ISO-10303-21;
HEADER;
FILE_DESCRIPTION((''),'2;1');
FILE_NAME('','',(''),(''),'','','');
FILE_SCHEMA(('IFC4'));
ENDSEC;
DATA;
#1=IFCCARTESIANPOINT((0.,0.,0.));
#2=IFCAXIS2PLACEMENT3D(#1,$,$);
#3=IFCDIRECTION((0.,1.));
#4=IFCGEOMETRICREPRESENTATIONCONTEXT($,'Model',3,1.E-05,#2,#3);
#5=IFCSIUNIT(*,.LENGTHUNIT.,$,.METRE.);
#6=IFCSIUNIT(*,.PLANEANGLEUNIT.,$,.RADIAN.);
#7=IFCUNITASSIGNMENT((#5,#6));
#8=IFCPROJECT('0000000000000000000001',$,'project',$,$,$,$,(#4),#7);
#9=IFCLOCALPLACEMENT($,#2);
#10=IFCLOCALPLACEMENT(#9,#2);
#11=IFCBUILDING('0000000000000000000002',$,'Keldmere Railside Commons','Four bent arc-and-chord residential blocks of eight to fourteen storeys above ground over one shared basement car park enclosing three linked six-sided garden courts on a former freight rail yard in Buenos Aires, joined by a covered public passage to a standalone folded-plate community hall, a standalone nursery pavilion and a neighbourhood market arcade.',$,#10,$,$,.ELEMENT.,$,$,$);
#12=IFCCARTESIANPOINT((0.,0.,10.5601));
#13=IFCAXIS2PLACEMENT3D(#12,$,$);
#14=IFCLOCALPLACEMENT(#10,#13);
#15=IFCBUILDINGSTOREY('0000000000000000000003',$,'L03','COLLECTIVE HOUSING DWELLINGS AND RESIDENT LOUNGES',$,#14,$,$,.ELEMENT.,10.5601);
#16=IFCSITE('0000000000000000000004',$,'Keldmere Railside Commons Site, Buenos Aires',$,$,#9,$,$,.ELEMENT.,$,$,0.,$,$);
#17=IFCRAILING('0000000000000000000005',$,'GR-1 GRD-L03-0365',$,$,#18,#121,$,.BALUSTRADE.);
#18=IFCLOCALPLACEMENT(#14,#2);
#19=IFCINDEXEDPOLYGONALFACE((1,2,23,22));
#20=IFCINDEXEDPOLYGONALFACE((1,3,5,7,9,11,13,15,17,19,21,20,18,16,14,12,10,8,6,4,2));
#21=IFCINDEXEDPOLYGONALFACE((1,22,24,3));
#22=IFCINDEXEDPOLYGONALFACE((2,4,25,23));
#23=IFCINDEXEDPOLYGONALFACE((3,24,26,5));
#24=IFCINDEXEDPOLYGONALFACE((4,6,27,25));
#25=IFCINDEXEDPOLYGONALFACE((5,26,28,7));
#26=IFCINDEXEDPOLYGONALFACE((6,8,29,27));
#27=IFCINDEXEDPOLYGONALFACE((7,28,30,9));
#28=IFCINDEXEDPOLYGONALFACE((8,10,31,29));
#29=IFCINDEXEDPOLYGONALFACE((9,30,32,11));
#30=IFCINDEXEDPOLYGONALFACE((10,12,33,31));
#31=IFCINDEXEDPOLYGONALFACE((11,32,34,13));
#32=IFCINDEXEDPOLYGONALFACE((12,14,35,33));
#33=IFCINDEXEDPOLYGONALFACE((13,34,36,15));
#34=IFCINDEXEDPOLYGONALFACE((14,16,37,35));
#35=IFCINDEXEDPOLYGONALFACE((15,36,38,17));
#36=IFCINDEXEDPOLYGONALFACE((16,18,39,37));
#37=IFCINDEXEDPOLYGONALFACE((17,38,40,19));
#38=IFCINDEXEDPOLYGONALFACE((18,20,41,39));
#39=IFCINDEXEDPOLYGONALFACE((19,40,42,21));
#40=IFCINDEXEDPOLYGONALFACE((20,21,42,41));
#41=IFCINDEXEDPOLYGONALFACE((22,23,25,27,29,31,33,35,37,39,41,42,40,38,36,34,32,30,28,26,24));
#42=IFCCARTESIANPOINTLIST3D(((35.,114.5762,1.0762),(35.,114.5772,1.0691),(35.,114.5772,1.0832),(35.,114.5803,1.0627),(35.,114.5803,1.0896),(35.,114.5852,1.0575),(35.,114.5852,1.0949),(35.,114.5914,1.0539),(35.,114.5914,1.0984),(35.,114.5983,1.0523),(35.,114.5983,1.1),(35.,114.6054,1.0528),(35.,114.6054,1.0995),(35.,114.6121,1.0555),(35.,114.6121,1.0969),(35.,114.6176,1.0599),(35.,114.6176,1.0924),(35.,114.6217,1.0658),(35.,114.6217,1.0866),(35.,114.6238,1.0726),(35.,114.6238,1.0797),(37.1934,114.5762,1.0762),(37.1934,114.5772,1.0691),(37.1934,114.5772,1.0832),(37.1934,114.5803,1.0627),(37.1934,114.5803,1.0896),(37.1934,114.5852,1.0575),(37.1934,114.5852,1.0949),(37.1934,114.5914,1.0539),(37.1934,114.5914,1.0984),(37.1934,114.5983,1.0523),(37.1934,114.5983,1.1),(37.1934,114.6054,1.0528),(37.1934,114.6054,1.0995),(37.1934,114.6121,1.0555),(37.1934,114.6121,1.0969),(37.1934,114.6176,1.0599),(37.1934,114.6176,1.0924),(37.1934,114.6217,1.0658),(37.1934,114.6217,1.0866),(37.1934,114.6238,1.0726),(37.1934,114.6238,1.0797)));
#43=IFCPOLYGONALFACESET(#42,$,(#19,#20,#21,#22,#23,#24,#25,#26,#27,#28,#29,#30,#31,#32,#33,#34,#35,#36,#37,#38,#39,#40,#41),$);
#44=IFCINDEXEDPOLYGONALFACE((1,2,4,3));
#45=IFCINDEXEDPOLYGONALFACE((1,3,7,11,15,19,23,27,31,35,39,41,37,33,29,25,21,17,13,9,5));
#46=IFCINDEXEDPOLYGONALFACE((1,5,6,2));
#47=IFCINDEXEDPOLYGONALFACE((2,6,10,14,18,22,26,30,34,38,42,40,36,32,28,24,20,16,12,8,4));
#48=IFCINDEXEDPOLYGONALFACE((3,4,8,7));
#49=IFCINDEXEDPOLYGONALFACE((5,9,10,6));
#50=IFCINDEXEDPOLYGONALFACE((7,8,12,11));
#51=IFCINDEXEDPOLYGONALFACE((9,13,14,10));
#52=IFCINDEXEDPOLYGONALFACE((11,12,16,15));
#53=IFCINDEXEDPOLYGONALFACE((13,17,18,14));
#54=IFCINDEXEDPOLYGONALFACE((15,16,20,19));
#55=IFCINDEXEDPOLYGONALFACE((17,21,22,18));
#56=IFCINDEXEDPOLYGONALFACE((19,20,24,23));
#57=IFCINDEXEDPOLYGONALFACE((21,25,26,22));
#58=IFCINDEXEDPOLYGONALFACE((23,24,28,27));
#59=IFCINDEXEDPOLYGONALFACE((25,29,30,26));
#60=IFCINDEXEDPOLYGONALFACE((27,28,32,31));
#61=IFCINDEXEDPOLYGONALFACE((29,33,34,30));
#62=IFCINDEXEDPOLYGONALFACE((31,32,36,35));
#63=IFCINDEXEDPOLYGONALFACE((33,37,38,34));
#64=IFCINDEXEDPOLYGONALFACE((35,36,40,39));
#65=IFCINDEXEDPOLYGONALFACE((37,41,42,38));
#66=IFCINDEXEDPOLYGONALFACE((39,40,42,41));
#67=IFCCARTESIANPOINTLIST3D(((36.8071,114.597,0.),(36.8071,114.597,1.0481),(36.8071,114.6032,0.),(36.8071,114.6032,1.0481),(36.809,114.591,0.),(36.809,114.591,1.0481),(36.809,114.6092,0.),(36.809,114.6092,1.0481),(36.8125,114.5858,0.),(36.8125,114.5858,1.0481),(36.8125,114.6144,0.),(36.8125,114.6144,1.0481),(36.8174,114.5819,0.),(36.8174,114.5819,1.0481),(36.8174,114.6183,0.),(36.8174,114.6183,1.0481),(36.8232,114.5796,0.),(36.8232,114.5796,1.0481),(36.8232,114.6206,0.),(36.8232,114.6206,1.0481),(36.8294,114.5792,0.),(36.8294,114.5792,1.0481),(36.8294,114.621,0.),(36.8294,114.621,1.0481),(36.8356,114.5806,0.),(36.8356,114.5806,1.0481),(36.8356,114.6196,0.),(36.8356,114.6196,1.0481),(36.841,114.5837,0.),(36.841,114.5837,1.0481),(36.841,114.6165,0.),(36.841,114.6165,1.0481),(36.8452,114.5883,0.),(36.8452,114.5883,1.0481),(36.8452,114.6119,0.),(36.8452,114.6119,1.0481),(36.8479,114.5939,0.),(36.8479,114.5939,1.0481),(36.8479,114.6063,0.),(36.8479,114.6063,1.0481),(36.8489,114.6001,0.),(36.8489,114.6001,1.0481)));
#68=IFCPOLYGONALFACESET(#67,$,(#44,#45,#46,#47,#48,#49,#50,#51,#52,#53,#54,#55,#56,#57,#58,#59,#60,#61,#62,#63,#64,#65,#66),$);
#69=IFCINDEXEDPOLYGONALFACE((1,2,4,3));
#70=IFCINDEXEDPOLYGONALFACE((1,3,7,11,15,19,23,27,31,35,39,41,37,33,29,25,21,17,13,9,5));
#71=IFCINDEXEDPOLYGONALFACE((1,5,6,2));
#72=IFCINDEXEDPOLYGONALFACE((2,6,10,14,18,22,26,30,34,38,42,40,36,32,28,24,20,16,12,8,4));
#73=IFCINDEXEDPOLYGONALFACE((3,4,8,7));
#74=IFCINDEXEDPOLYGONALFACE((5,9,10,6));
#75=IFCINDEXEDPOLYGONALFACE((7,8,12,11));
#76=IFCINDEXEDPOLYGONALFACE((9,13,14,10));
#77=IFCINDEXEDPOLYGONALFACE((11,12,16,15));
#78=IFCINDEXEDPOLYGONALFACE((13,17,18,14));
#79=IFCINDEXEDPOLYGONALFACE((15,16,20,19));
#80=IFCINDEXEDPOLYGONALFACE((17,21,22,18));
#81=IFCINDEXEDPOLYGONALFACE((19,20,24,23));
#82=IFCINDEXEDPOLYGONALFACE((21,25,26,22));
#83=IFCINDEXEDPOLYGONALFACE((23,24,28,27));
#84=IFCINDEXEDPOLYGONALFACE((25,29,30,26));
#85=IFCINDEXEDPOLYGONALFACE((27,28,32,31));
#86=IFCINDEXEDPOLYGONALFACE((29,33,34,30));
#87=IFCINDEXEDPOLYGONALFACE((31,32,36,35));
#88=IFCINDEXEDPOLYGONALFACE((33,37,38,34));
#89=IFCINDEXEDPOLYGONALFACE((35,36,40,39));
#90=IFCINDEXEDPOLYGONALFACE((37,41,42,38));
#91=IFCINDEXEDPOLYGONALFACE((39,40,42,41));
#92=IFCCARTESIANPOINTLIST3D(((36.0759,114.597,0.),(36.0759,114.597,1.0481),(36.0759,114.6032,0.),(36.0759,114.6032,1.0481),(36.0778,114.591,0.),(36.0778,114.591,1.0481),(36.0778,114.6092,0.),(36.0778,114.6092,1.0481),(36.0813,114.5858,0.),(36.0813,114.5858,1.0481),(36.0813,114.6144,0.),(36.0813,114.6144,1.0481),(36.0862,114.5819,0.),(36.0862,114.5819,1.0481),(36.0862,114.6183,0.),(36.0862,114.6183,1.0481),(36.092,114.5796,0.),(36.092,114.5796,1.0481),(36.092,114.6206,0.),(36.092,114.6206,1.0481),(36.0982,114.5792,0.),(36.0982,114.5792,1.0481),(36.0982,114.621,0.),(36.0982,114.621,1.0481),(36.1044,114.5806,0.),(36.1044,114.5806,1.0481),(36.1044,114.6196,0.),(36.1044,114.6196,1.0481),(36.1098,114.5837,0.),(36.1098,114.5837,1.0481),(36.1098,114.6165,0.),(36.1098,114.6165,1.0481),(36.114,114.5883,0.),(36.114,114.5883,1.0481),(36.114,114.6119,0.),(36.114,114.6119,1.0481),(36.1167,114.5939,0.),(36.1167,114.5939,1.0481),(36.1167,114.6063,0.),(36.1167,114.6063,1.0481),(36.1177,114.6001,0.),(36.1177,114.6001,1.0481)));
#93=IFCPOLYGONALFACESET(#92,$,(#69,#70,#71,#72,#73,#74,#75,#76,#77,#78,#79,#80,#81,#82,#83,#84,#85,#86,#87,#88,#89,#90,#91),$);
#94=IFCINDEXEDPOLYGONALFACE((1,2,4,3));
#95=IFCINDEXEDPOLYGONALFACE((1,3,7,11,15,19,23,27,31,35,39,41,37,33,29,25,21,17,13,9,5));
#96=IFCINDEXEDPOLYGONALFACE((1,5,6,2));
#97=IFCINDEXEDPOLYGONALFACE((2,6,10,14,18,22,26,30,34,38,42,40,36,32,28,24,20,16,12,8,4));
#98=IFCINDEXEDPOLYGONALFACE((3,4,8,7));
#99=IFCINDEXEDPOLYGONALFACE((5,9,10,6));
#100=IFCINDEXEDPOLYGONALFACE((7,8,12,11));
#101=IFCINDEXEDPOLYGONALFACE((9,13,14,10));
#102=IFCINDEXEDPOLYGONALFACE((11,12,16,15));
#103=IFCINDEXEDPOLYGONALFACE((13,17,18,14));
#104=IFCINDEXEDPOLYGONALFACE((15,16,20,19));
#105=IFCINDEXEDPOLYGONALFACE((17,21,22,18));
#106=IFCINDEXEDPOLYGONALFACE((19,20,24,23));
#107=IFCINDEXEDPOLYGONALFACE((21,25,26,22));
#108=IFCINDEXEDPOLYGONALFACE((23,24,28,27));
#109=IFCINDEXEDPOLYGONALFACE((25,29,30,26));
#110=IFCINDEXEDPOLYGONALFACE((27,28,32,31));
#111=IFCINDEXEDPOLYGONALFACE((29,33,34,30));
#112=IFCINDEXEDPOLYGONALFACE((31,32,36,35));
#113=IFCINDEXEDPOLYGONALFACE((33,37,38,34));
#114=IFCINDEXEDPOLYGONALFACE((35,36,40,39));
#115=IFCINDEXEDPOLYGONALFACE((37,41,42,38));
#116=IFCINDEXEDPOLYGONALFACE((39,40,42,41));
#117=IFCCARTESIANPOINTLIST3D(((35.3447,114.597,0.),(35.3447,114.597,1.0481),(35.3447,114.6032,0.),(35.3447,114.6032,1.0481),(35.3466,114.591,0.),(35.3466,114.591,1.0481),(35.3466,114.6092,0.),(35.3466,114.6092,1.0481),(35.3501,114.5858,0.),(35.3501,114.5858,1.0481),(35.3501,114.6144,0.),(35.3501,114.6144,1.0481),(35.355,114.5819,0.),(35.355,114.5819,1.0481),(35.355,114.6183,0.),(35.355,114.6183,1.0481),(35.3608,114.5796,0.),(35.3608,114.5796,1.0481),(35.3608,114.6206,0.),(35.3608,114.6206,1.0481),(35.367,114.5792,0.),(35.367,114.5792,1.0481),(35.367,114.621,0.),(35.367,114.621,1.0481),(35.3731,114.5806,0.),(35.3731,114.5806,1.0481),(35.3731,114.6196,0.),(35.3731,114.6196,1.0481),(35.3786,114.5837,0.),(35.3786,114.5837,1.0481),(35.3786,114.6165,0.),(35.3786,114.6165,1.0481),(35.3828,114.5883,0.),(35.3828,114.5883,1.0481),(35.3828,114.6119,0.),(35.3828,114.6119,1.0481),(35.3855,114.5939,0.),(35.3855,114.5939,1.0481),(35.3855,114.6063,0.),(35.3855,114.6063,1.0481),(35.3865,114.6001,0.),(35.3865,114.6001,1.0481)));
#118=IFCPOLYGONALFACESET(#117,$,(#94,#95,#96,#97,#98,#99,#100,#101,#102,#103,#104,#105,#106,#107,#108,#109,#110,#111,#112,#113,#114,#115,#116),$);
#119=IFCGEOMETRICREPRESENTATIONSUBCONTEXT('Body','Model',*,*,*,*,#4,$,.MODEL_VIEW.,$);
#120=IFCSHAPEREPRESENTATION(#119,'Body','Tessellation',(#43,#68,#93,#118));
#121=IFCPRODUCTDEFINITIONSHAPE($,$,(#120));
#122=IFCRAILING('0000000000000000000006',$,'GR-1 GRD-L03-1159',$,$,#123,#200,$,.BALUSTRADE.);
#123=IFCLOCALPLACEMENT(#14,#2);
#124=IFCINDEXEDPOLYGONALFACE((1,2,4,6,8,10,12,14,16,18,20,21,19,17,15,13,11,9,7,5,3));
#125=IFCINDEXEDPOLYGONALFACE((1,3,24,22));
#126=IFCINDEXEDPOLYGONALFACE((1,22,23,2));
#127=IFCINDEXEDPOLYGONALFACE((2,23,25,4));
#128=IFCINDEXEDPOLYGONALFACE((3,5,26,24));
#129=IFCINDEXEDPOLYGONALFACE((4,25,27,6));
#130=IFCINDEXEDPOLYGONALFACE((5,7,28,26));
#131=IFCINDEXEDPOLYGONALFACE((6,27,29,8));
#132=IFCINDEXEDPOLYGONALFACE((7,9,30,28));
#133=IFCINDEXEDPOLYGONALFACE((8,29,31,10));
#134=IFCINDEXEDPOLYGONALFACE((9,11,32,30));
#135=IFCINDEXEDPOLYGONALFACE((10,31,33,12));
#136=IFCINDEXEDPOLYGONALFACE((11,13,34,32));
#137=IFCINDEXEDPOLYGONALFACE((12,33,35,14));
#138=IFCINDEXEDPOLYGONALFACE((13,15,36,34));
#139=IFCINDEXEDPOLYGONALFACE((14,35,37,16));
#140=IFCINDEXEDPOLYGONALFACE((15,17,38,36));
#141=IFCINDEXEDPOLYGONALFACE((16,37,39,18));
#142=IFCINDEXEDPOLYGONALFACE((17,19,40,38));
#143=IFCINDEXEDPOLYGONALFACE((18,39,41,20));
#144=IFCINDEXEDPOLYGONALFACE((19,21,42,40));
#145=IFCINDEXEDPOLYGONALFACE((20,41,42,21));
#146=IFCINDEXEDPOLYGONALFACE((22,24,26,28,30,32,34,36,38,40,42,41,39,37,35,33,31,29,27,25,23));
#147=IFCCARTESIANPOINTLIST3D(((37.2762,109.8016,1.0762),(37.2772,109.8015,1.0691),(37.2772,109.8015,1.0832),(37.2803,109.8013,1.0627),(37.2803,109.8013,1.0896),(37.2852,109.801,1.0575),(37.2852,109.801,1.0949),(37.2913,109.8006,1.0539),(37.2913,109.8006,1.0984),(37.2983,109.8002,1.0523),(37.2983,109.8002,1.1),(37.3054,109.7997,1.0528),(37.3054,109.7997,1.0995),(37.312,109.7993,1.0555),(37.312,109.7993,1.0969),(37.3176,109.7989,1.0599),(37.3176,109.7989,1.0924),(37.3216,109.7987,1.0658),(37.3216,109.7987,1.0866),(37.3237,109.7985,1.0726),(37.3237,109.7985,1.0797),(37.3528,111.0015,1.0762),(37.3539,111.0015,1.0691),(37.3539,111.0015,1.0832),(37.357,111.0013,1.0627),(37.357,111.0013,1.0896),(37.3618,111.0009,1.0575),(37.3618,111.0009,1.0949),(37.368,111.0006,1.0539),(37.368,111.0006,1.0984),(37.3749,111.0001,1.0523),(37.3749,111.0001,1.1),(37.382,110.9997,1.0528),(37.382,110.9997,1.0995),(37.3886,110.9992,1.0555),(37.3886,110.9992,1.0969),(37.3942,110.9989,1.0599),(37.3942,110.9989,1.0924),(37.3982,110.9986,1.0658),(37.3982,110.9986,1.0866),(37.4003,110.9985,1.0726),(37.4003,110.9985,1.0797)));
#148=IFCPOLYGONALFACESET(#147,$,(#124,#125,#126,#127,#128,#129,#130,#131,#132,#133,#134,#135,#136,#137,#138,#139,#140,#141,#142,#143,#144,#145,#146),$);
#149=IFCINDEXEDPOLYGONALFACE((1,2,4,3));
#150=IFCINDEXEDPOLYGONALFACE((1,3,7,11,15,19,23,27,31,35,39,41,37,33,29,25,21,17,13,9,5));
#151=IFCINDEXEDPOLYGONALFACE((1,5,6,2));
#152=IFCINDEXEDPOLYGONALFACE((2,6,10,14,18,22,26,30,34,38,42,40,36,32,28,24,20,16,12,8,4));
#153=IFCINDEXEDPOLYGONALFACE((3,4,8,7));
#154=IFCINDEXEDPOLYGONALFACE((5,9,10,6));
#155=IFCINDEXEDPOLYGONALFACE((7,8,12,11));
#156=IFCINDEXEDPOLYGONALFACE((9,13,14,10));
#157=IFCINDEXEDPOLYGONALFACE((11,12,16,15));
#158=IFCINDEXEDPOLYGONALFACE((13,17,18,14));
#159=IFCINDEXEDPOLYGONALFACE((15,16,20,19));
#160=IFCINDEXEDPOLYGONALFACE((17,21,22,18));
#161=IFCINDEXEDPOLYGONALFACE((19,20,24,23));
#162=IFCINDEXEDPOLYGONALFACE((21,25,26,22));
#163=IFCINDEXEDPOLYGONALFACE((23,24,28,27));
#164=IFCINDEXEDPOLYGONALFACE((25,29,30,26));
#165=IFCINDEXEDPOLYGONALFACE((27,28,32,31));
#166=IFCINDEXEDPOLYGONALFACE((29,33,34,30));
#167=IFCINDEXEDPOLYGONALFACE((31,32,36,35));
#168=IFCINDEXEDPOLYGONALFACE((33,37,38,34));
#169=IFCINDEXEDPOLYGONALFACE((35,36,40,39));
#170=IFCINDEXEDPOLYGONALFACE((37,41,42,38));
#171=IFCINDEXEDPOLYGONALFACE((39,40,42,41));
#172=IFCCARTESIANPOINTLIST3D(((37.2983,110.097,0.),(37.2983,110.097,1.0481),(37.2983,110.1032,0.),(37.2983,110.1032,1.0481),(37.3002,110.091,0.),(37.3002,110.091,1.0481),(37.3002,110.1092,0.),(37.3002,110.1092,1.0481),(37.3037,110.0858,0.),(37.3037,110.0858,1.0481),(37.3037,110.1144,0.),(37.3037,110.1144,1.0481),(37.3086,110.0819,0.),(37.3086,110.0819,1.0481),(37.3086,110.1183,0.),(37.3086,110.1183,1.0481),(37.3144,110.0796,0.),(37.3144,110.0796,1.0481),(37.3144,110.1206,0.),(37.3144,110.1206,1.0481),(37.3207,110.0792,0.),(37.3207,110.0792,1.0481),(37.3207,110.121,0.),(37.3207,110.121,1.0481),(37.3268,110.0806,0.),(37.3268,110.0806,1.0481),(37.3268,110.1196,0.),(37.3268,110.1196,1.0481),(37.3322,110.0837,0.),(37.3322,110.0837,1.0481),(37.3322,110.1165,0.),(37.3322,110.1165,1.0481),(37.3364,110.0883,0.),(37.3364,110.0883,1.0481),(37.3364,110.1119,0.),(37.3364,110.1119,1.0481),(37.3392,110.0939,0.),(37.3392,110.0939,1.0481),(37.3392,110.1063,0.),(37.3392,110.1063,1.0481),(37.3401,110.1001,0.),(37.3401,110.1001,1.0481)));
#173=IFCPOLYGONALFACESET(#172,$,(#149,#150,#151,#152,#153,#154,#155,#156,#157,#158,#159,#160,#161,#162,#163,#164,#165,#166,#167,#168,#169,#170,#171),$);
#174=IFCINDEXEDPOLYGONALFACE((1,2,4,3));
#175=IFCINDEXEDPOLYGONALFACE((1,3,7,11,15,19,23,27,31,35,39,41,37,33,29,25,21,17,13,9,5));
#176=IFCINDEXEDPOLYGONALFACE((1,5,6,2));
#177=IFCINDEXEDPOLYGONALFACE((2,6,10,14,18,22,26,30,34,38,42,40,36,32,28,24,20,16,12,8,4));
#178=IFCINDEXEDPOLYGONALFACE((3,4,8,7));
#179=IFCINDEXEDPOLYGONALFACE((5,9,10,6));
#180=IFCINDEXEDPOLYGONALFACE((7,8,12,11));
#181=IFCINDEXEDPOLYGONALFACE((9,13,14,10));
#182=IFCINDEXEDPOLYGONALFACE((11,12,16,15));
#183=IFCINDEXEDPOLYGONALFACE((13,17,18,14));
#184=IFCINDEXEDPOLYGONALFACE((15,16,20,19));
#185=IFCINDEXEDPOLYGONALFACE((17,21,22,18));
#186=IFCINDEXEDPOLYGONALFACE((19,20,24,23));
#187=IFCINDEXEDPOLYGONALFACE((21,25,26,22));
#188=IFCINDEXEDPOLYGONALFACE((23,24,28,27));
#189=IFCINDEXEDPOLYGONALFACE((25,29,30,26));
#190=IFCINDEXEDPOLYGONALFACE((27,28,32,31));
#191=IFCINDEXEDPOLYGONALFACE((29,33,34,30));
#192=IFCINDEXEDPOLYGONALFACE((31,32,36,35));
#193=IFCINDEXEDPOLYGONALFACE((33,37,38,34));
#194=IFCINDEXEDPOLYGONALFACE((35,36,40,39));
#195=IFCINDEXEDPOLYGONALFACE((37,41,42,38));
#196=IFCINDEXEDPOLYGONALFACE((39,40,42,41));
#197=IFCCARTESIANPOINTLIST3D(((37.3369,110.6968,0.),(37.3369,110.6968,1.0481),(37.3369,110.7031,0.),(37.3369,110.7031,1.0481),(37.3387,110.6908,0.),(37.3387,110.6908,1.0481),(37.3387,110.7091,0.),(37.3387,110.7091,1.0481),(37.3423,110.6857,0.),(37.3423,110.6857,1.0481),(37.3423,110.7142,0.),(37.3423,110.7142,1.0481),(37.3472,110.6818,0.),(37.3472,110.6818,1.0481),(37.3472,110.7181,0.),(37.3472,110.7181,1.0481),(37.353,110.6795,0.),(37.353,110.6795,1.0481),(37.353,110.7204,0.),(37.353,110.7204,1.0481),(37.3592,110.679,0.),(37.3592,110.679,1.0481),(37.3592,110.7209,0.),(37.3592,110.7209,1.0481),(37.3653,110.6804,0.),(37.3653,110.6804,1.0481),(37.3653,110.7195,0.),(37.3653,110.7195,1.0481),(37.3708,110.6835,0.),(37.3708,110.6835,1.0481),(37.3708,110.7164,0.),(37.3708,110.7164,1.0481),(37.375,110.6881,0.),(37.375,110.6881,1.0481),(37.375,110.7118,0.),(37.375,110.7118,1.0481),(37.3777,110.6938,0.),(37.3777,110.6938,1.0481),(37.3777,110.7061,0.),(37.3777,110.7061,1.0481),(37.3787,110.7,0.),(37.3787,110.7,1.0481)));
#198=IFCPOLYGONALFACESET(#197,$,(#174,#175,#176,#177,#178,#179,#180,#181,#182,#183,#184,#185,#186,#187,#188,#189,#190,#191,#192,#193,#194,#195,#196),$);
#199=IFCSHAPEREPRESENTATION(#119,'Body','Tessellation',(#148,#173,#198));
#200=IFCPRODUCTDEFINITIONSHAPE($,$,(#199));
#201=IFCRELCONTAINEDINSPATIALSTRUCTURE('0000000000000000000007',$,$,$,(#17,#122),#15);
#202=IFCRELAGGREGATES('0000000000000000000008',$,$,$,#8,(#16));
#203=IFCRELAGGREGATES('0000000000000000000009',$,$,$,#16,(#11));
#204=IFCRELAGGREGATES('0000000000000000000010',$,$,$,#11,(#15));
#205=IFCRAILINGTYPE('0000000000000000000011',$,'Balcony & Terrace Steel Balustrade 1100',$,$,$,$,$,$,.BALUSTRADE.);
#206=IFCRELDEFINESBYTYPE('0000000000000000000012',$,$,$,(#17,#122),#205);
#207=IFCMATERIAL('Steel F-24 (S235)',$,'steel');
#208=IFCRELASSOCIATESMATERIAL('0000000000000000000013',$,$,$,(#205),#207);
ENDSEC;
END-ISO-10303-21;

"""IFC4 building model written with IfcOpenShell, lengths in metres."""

from ifc_helpers import new_model, si_unit, direction, frame, origin, origin_2d, place, context, subcontext, project, spatial, circle, extrude, material, type_object, element, save


model = new_model("IFC4")

# Units and contexts
model_context = context("Model", 3, precision=1e-05, world=origin(), true_north=direction((0.0, 1.0)))
body_context = subcontext(model_context, "Body", "Model", "MODEL_VIEW")
ifc_project = project(units=[si_unit("LENGTHUNIT", "METRE"), si_unit("PLANEANGLEUNIT", "RADIAN")], contexts=[model_context])

# Site, building, storey
site_placement = place(None, origin())
site = spatial("IfcSite", under=ifc_project, at=site_placement, Name="Keldmere Railside Commons Site, Buenos Aires", CompositionType="ELEMENT", RefElevation=0.0)
building_placement = place(site_placement, origin())
building = spatial("IfcBuilding", under=site, at=building_placement, Name="Keldmere Railside Commons", Description="Four bent arc-and-chord residential blocks of eight to fourteen storeys above ground over one shared basement car park enclosing three linked six-sided garden courts on a former freight rail yard in Buenos Aires, joined by a covered public passage to a standalone folded-plate community hall, a standalone nursery pavilion and a neighbourhood market arcade.", CompositionType="ELEMENT")
storey_placement = place(building_placement, frame((0.0, 0.0, 10.5601)))
storey = spatial("IfcBuildingStorey", under=building, at=storey_placement, Name="L03", Description="COLLECTIVE HOUSING DWELLINGS AND RESIDENT LOUNGES", CompositionType="ELEMENT", Elevation=10.5601)

# Railings
ifc_material_1 = material(Name="Steel F-24 (S235)", Category="steel")
railing_type = type_object("IfcRailingType", Name="Balcony & Terrace Steel Balustrade 1100", PredefinedType="BALUSTRADE", material=ifc_material_1)
railing_1_placement = place(storey_placement, frame((37.1934, 114.6001, 0.0)))
element("IfcRailing", 1, at=railing_1_placement, inside=storey, type_object=railing_type, Name="GR-1 GRD-L03-0365", PredefinedType="BALUSTRADE", context=body_context, shape_type="SweptSolid", body=[
    extrude(circle(Radius=0.0239, at=origin_2d()), frame((0.0, 0.0, 1.0762), z_axis=(-1.0, 0.0, 0.0), x_axis=(0.0, -1.0, 0.0)), (0.0, 0.0, 1.0), 2.1934),
    extrude(circle(Radius=0.021, at=origin_2d()), frame((-0.3655, 0.0, 0.0)), (0.0, 0.0, 1.0), 1.0481),
    extrude(circle(Radius=0.021, at=origin_2d()), frame((-1.0967, 0.0, 0.0)), (0.0, 0.0, 1.0), 1.0481),
    extrude(circle(Radius=0.021, at=origin_2d()), frame((-1.8279, 0.0, 0.0)), (0.0, 0.0, 1.0), 1.0481),
])
railing_2_placement = place(storey_placement, frame((37.3, 109.8, 0.0)))
element("IfcRailing", 2, at=railing_2_placement, inside=storey, type_object=railing_type, Name="GR-1 GRD-L03-1159", PredefinedType="BALUSTRADE", context=body_context, shape_type="SweptSolid", body=[
    extrude(circle(Radius=0.0239, at=origin_2d()), frame((0.0, 0.0, 1.0762), z_axis=(0.063756, 0.997966, 0.0), x_axis=(-0.997966, 0.063756, 0.0)), (0.0, 0.0, 1.0), 1.2024),
    extrude(circle(Radius=0.021, at=origin_2d()), frame((0.019, 0.3, 0.0)), (0.0, 0.0, 1.0), 1.0481),
    extrude(circle(Radius=0.021, at=origin_2d()), frame((0.0576, 0.8999, 0.0)), (0.0, 0.0, 1.0), 1.0481),
])

save(model, "model.ifc")
